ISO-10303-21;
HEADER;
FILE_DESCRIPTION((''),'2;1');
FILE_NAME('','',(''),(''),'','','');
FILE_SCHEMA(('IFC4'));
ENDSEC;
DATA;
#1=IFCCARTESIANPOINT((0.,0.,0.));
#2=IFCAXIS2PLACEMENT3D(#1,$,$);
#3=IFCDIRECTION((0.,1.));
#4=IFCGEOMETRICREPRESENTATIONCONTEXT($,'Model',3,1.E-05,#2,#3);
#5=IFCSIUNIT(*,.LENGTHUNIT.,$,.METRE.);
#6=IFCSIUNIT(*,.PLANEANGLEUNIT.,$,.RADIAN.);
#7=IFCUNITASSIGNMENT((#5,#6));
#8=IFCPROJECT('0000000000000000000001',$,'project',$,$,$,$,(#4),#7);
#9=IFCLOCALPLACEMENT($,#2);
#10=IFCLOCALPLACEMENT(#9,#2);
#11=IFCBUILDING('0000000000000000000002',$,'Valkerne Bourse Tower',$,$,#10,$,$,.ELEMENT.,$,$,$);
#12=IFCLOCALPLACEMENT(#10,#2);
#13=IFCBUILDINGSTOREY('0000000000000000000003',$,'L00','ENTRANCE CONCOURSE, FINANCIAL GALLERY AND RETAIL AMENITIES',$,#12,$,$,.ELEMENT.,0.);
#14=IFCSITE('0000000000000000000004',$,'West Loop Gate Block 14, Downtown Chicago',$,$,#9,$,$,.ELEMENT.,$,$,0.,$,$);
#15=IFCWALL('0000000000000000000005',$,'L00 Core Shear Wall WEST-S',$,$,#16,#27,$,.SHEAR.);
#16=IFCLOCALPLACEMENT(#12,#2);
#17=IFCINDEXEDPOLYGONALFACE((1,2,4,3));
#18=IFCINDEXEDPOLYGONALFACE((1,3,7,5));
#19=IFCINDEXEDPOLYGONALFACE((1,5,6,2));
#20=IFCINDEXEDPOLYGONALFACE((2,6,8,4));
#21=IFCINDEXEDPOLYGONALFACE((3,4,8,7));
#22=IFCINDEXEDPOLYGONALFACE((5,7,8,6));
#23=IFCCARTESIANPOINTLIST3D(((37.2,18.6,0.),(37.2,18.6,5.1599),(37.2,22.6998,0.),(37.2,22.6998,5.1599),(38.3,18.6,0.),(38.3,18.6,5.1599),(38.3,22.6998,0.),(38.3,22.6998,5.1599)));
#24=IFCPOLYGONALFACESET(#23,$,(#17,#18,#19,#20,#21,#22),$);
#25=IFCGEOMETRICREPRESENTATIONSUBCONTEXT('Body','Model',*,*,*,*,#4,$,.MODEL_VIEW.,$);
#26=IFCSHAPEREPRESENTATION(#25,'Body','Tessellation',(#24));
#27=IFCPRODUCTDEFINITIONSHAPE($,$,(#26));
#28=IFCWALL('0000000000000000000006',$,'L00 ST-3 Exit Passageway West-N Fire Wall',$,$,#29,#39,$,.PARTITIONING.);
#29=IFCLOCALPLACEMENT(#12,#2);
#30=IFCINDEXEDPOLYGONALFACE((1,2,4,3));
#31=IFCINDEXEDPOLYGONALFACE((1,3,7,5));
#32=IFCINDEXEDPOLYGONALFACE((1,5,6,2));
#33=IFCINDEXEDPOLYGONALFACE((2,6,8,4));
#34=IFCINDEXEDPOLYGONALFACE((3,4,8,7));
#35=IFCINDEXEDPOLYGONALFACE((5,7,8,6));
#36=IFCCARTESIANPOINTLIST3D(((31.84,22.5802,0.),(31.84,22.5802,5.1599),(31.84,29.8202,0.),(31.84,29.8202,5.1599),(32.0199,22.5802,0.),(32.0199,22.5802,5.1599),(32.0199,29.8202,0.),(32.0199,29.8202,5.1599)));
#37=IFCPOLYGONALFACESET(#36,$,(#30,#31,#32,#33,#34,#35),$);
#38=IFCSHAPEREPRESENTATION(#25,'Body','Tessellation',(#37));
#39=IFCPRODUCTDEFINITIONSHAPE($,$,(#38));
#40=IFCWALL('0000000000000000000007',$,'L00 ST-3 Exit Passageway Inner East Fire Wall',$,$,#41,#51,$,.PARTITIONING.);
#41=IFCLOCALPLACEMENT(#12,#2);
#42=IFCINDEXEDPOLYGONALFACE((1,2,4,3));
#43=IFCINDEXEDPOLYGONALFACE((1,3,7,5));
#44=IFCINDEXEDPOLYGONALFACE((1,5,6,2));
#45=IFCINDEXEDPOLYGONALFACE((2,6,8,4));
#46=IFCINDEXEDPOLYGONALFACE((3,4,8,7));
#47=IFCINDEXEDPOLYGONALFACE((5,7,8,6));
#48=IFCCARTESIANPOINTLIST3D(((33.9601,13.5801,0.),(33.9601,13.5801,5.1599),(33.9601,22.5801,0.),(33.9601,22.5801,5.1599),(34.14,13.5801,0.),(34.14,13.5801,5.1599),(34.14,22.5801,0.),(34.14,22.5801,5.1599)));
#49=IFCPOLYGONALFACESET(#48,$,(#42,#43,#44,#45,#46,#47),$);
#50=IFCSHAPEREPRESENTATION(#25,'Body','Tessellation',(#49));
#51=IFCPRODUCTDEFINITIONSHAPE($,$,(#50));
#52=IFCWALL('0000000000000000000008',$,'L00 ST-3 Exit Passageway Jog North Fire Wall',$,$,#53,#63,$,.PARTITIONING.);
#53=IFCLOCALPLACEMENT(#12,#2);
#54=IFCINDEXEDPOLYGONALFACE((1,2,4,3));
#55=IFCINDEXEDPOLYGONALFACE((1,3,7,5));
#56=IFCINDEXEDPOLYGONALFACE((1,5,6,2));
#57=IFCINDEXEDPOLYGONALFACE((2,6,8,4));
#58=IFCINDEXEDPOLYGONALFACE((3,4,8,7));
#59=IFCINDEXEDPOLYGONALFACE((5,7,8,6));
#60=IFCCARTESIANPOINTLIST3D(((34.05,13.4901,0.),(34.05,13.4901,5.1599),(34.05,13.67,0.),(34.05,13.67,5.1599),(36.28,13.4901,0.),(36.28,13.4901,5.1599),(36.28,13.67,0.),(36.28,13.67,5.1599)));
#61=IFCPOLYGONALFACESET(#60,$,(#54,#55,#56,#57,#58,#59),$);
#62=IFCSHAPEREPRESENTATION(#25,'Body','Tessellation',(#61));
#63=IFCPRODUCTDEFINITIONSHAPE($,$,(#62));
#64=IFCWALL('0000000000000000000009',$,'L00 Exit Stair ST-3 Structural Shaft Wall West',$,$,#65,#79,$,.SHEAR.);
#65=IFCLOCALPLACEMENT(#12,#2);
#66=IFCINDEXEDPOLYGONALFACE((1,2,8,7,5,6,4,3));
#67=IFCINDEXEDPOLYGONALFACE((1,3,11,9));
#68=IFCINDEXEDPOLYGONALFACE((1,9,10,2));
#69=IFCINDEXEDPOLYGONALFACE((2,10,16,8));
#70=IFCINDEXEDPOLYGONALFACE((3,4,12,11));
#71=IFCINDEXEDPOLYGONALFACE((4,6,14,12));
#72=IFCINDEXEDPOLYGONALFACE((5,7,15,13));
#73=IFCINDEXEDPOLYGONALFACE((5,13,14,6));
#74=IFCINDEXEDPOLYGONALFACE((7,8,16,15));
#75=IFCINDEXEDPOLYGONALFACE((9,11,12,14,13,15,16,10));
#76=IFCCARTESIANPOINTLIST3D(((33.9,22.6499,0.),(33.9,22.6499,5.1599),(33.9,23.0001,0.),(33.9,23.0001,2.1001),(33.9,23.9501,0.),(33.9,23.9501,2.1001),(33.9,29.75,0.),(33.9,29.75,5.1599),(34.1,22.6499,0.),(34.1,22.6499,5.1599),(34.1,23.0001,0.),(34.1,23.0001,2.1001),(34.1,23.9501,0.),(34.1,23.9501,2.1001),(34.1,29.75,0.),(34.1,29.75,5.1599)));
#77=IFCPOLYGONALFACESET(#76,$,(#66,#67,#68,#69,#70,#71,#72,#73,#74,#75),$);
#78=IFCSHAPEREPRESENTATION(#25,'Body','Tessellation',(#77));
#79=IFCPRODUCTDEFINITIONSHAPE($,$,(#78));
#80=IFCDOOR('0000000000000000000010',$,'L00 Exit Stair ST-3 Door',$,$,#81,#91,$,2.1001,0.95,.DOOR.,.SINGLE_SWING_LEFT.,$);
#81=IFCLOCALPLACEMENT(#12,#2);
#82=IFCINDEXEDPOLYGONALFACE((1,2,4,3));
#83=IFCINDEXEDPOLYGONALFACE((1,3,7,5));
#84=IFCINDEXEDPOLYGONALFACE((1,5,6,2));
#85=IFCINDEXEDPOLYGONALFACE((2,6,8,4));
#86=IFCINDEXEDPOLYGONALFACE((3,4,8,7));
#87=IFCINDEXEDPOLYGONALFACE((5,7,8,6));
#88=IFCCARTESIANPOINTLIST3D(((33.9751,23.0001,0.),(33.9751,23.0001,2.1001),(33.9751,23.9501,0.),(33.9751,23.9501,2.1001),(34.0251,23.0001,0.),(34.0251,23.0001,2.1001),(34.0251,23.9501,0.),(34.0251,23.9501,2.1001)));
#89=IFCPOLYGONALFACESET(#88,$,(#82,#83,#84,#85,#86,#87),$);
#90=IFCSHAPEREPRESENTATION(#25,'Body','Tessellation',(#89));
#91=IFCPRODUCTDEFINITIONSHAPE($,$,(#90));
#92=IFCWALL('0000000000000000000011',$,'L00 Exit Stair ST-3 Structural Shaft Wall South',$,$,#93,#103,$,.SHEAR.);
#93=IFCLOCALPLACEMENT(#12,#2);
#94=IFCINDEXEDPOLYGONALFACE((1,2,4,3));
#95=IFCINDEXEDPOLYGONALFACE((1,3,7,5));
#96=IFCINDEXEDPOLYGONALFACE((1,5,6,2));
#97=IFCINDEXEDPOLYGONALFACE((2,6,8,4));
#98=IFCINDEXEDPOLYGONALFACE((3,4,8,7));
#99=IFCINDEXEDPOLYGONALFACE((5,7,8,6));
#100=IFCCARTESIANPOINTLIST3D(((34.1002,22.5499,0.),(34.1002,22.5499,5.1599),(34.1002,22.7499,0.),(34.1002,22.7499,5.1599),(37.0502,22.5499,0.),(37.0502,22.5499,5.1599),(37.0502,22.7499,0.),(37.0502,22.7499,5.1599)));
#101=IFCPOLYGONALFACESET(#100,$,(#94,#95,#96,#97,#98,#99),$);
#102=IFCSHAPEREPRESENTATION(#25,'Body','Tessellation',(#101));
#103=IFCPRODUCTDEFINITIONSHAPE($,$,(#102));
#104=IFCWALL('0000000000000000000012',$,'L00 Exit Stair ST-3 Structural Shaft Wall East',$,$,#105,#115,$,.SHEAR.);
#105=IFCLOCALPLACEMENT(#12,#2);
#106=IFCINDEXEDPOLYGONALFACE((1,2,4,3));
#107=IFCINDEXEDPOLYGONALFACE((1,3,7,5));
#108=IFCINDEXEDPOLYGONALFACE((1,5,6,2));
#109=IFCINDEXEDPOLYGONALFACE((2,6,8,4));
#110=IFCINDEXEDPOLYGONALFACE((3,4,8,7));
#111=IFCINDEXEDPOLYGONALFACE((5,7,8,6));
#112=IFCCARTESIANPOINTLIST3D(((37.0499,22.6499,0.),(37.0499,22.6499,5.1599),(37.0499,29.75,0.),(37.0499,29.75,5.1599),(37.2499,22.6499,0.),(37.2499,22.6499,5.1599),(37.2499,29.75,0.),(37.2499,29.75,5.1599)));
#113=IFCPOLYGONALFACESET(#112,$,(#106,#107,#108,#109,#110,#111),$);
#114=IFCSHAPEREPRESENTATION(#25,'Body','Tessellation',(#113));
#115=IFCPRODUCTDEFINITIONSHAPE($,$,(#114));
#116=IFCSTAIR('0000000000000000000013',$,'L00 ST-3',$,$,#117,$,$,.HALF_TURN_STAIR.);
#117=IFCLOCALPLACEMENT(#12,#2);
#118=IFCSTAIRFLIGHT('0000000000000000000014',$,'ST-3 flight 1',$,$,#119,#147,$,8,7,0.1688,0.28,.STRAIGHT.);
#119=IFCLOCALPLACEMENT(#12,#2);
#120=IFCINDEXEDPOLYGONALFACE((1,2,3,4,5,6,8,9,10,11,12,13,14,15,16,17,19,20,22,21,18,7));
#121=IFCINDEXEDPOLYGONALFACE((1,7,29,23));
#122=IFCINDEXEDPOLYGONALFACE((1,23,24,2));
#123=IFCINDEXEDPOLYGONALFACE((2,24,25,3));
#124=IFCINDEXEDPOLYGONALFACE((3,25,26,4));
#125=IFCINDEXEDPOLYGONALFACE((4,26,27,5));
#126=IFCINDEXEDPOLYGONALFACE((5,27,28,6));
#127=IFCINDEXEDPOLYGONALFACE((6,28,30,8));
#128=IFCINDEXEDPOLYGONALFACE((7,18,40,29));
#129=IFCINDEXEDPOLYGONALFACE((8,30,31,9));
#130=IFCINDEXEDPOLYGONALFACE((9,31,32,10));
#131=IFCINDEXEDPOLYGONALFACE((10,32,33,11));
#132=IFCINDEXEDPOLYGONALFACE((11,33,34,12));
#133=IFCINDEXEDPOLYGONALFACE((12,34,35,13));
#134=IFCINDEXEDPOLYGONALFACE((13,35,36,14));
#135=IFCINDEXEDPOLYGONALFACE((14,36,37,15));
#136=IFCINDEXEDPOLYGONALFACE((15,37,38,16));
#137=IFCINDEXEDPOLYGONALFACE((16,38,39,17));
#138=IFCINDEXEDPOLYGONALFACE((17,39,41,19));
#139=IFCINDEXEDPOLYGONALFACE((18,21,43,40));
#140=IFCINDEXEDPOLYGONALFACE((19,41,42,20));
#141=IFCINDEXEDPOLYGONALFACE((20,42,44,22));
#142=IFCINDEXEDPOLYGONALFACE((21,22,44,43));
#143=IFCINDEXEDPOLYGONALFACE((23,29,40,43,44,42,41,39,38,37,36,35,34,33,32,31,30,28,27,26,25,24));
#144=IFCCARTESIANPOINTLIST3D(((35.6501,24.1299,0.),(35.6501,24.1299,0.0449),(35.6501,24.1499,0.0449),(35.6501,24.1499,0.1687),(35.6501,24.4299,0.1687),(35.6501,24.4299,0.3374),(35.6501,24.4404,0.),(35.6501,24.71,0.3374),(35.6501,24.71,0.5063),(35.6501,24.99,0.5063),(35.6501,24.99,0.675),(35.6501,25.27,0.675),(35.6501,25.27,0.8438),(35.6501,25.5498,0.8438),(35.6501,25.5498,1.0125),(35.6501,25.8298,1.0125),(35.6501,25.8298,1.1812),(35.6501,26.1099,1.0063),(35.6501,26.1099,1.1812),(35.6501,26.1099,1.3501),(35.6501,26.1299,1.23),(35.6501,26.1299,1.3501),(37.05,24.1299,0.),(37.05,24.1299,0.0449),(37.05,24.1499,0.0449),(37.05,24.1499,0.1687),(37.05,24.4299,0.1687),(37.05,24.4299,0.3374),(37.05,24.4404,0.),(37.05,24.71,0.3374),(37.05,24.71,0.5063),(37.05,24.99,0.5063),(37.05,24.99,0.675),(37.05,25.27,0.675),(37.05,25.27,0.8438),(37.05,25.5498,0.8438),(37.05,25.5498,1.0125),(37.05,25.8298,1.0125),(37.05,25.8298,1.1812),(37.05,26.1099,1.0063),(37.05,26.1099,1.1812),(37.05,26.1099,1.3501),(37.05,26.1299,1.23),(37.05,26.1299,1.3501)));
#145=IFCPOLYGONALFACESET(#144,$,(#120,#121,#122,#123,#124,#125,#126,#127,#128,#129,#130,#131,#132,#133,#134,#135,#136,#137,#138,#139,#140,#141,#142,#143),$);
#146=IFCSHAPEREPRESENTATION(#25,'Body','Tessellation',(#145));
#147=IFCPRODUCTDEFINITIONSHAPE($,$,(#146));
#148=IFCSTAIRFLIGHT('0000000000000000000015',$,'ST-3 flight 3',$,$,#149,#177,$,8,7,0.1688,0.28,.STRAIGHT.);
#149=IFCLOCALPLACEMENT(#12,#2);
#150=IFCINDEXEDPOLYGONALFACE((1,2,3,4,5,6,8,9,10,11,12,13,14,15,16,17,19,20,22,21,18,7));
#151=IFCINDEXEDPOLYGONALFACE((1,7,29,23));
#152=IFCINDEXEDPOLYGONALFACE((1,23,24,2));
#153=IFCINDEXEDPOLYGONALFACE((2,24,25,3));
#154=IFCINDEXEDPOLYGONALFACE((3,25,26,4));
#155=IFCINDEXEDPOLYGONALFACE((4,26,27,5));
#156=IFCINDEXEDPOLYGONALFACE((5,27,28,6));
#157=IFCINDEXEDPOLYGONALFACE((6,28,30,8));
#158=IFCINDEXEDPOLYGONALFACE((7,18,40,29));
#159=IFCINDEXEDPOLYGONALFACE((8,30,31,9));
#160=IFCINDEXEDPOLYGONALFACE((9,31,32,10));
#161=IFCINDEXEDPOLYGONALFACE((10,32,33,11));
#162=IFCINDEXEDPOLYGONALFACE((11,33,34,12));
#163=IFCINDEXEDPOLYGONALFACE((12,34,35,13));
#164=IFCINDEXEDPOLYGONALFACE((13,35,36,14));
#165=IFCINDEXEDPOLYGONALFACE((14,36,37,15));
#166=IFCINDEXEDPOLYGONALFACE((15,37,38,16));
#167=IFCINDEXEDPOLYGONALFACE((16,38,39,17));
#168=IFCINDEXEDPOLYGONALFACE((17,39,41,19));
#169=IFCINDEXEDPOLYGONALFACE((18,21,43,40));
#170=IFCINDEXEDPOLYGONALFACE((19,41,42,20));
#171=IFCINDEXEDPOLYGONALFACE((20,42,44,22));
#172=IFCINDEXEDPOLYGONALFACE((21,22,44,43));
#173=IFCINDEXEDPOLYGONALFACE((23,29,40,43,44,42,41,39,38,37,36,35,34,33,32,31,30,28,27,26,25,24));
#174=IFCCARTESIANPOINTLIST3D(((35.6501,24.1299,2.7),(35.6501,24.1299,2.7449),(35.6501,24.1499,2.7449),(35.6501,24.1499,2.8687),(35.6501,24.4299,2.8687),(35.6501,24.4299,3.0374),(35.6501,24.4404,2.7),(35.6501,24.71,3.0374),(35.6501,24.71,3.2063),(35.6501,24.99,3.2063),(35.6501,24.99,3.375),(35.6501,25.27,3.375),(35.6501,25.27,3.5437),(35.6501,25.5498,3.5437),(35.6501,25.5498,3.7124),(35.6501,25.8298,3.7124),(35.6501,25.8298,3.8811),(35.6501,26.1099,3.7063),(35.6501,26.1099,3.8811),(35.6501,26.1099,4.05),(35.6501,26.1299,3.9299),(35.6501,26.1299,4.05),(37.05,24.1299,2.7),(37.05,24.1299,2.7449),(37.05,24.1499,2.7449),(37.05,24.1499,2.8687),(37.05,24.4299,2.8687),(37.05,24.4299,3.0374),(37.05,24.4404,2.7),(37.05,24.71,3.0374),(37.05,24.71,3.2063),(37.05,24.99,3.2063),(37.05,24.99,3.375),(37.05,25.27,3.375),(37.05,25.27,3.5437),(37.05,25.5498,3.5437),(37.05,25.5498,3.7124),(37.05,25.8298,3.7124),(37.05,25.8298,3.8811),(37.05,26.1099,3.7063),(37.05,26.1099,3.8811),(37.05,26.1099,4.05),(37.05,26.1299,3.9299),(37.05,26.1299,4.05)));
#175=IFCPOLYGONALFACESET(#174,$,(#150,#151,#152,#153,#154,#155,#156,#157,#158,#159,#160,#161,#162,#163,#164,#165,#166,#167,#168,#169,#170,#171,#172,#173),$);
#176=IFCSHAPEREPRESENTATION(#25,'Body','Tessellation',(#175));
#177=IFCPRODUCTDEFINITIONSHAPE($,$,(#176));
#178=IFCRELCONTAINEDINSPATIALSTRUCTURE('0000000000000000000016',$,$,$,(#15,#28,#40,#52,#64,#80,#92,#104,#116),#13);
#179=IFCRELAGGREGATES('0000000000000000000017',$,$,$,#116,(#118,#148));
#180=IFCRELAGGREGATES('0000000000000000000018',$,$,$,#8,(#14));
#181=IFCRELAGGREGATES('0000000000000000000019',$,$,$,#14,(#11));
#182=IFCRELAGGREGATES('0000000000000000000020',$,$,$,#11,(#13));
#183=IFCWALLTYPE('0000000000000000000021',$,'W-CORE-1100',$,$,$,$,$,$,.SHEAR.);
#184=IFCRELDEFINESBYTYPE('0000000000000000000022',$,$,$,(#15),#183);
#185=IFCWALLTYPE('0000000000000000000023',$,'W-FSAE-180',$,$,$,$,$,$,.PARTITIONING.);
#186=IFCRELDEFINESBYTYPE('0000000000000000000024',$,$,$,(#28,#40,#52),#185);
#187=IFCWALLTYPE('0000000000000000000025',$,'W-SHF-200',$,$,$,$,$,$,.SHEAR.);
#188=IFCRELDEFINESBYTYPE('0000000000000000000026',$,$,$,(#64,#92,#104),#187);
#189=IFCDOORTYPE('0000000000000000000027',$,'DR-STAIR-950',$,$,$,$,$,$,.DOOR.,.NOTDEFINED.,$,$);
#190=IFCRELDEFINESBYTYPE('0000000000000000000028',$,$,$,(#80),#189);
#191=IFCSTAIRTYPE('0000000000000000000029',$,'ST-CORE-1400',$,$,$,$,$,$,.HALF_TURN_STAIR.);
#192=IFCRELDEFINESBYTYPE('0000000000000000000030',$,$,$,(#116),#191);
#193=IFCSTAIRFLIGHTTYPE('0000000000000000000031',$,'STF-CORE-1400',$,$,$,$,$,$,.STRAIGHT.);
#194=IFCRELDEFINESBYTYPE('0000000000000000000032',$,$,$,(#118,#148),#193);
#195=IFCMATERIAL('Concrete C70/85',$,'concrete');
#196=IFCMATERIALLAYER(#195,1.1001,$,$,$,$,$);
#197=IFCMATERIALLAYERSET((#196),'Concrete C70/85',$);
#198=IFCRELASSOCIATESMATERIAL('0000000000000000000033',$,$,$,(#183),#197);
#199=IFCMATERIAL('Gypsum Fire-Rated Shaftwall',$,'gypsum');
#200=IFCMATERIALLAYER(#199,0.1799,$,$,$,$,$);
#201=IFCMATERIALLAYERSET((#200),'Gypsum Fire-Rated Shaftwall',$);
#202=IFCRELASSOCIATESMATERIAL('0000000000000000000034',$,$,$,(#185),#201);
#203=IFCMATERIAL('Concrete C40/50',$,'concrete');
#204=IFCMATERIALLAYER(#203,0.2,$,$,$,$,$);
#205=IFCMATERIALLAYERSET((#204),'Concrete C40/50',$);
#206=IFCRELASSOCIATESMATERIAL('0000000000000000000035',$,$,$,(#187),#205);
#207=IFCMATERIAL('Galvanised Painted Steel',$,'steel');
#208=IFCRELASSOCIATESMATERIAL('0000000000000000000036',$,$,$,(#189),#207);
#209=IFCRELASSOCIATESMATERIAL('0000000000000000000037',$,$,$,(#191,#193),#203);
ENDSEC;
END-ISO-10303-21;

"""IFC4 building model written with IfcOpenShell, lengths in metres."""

from ifc_helpers import new_model, si_unit, direction, frame, frame_2d, origin, place, context, subcontext, project, spatial, polyline, rectangle, outline, extrude, material, layer, layer_set, type_object, element, fill, aggregate, save


model = new_model("IFC4")

# Units and contexts
model_context = context("Model", 3, precision=1e-05, world=origin(), true_north=direction((0.0, 1.0)))
body_context = subcontext(model_context, "Body", "Model", "MODEL_VIEW")
ifc_project = project(units=[si_unit("LENGTHUNIT", "METRE"), si_unit("PLANEANGLEUNIT", "RADIAN")], contexts=[model_context])

# Site, building, storey
site_placement = place(None, origin())
site = spatial("IfcSite", under=ifc_project, at=site_placement, Name="West Loop Gate Block 14, Downtown Chicago", CompositionType="ELEMENT", RefElevation=0.0)
building_placement = place(site_placement, origin())
building = spatial("IfcBuilding", under=site, at=building_placement, Name="Valkerne Bourse Tower", CompositionType="ELEMENT")
storey_placement = place(building_placement, origin())
storey = spatial("IfcBuildingStorey", under=building, at=storey_placement, Name="L00", Description="ENTRANCE CONCOURSE, FINANCIAL GALLERY AND RETAIL AMENITIES", CompositionType="ELEMENT", Elevation=0.0)

# Shared definitions
ifc_material_1 = material(Name="Concrete C70/85", Category="concrete")
ifc_layer_1 = layer(ifc_material_1, 1.1001)
ifc_layer_set_1 = layer_set([ifc_layer_1], Name="Concrete C70/85")
wall_type_1 = type_object("IfcWallType", Name="W-CORE-1100", PredefinedType="SHEAR", material=ifc_layer_set_1)
ifc_material_2 = material(Name="Galvanised Painted Steel", Category="steel")

# Walls
wall_1_placement = place(storey_placement, frame((37.75, 18.6001, 0.0), z_axis=(0.0, 0.0, 1.0), x_axis=(0.0, 1.0, 0.0)))
element("IfcWall", 1, at=wall_1_placement, inside=storey, type_object=wall_type_1, Name="L00 Core Shear Wall WEST-S", PredefinedType="SHEAR", context=body_context, shape_type="SweptSolid", body=[
    extrude(rectangle(XDim=4.0999, YDim=1.1001, at=frame_2d((2.0498, 0.0))), origin(), (0.0, 0.0, 1.0), 5.1599),
])
ifc_material_3 = material(Name="Gypsum Fire-Rated Shaftwall", Category="gypsum")
ifc_layer_2 = layer(ifc_material_3, 0.1799)
ifc_layer_set_2 = layer_set([ifc_layer_2], Name="Gypsum Fire-Rated Shaftwall")
wall_type_2 = type_object("IfcWallType", Name="W-FSAE-180", PredefinedType="PARTITIONING", material=ifc_layer_set_2)
wall_2_placement = place(storey_placement, frame((31.9299, 22.5801, 0.0), z_axis=(0.0, 0.0, 1.0), x_axis=(0.0, 1.0, 0.0)))
element("IfcWall", 2, at=wall_2_placement, inside=storey, type_object=wall_type_2, Name="L00 ST-3 Exit Passageway West-N Fire Wall", PredefinedType="PARTITIONING", context=body_context, shape_type="SweptSolid", body=[
    extrude(rectangle(XDim=7.24, YDim=0.1799, at=frame_2d((3.6201, 0.0))), origin(), (0.0, 0.0, 1.0), 5.1599),
])
wall_3_placement = place(storey_placement, frame((34.05, 13.5801, 0.0), z_axis=(0.0, 0.0, 1.0), x_axis=(0.0, 1.0, 0.0)))
element("IfcWall", 3, at=wall_3_placement, inside=storey, type_object=wall_type_2, Name="L00 ST-3 Exit Passageway Inner East Fire Wall", PredefinedType="PARTITIONING", context=body_context, shape_type="SweptSolid", body=[
    extrude(rectangle(XDim=9.0, YDim=0.1799, at=frame_2d((4.5, 0.0))), origin(), (0.0, 0.0, 1.0), 5.1599),
])
wall_4_placement = place(storey_placement, frame((34.05, 13.5801, 0.0), z_axis=(0.0, 0.0, 1.0), x_axis=(1.0, 0.0, 0.0)))
element("IfcWall", 4, at=wall_4_placement, inside=storey, type_object=wall_type_2, Name="L00 ST-3 Exit Passageway Jog North Fire Wall", PredefinedType="PARTITIONING", context=body_context, shape_type="SweptSolid", body=[
    extrude(rectangle(XDim=2.23, YDim=0.1799, at=frame_2d((1.115, 0.0))), origin(), (0.0, 0.0, 1.0), 5.1599),
])

# Wall, opening, door
ifc_material_4 = material(Name="Concrete C40/50", Category="concrete")
ifc_layer_3 = layer(ifc_material_4, 0.2)
ifc_layer_set_3 = layer_set([ifc_layer_3], Name="Concrete C40/50")
wall_type_3 = type_object("IfcWallType", Name="W-SHF-200", PredefinedType="SHEAR", material=ifc_layer_set_3)
wall_5_placement = place(storey_placement, frame((34.0, 22.6499, 0.0), z_axis=(0.0, 0.0, 1.0), x_axis=(0.0, 1.0, 0.0)))
wall_5 = element("IfcWall", 5, at=wall_5_placement, inside=storey, type_object=wall_type_3, Name="L00 Exit Stair ST-3 Structural Shaft Wall West", PredefinedType="SHEAR", context=body_context, shape_type="SweptSolid", body=[
    extrude(rectangle(XDim=7.1001, YDim=0.2, at=frame_2d((3.55, 0.0))), origin(), (0.0, 0.0, 1.0), 5.1599),
])
opening_1_placement = place(wall_5_placement, frame((0.3501, 0.0, 0.0)))
opening_1 = element("IfcOpeningElement", 6, at=opening_1_placement, cuts=wall_5, PredefinedType="OPENING", context=body_context, shape_type="SweptSolid", body=[
    extrude(rectangle(XDim=0.95, YDim=2.1001, at=frame_2d((0.4751, 1.05))), frame((0.0, 0.1099, 0.0), z_axis=(0.0, -1.0, 0.0), x_axis=(1.0, 0.0, 0.0)), (0.0, 0.0, 1.0), 0.22),
])
door_type_1 = type_object("IfcDoorType", Name="DR-STAIR-950", OperationType="NOTDEFINED", PredefinedType="DOOR", material=ifc_material_2)
door_1_placement = place(opening_1_placement, origin())
door_1 = element("IfcDoor", 7, at=door_1_placement, inside=storey, type_object=door_type_1, Name="L00 Exit Stair ST-3 Door", OperationType="SINGLE_SWING_LEFT", OverallHeight=2.1001, OverallWidth=0.95, PredefinedType="DOOR", context=body_context, shape_type="SweptSolid", body=[
    extrude(rectangle(XDim=0.95, YDim=2.1001, at=frame_2d((0.4751, 1.05))), frame((0.0, 0.0249, 0.0), z_axis=(0.0, -1.0, 0.0), x_axis=(1.0, 0.0, 0.0)), (0.0, 0.0, 1.0), 0.05),
])
fill(opening_1, door_1)

# Walls
wall_6_placement = place(storey_placement, frame((34.1001, 22.6499, 0.0), z_axis=(0.0, 0.0, 1.0), x_axis=(1.0, 0.0, 0.0)))
element("IfcWall", 8, at=wall_6_placement, inside=storey, type_object=wall_type_3, Name="L00 Exit Stair ST-3 Structural Shaft Wall South", PredefinedType="SHEAR", context=body_context, shape_type="SweptSolid", body=[
    extrude(rectangle(XDim=2.95, YDim=0.2, at=frame_2d((1.4751, 0.0))), origin(), (0.0, 0.0, 1.0), 5.1599),
])
wall_7_placement = place(storey_placement, frame((37.1499, 22.6499, 0.0), z_axis=(0.0, 0.0, 1.0), x_axis=(0.0, 1.0, 0.0)))
element("IfcWall", 9, at=wall_7_placement, inside=storey, type_object=wall_type_3, Name="L00 Exit Stair ST-3 Structural Shaft Wall East", PredefinedType="SHEAR", context=body_context, shape_type="SweptSolid", body=[
    extrude(rectangle(XDim=7.1001, YDim=0.2, at=frame_2d((3.55, 0.0))), origin(), (0.0, 0.0, 1.0), 5.1599),
])

# Stair, stair flights
stair_type = type_object("IfcStairType", Name="ST-CORE-1400", PredefinedType="HALF_TURN_STAIR", material=ifc_material_4)
stair_placement = place(storey_placement, origin())
stair = element("IfcStair", 10, at=stair_placement, inside=storey, type_object=stair_type, Name="L00 ST-3", PredefinedType="HALF_TURN_STAIR")
stair_flight_type = type_object("IfcStairFlightType", Name="STF-CORE-1400", PredefinedType="STRAIGHT", material=ifc_material_4)
stair_flight_1_placement = place(storey_placement, frame((36.3501, 24.1499, 0.0), z_axis=(0.0, 0.0, 1.0), x_axis=(0.0, 1.0, 0.0)))
stair_flight_1 = element("IfcStairFlight", 11, at=stair_flight_1_placement, type_object=stair_flight_type, Name="ST-3 flight 1", NumberOfRisers=8, NumberOfTreads=7, PredefinedType="STRAIGHT", RiserHeight=0.1688, TreadLength=0.28, context=body_context, shape_type="SweptSolid", body=[
    extrude(outline(polyline([(-0.02, 0.0), (-0.02, 0.0449), (0.0, 0.0449), (0.0, 0.1687), (0.28, 0.1687), (0.28, 0.3374), (0.5601, 0.3374), (0.5601, 0.5063), (0.8401, 0.5063), (0.8401, 0.675), (1.1201, 0.675), (1.1201, 0.8438), (1.3999, 0.8438), (1.3999, 1.0125), (1.6799, 1.0125), (1.6799, 1.1812), (1.96, 1.1812), (1.96, 1.3501), (1.98, 1.3501), (1.98, 1.23), (1.96, 1.0063), (0.2905, 0.0), (-0.02, 0.0)])), frame((0.0, 0.7, 0.0), z_axis=(0.0, -1.0, 0.0), x_axis=(1.0, 0.0, 0.0)), (0.0, 0.0, 1.0), 1.3999),
])
stair_flight_2_placement = place(storey_placement, frame((36.3501, 24.1499, 2.7), z_axis=(0.0, 0.0, 1.0), x_axis=(0.0, 1.0, 0.0)))
stair_flight_2 = element("IfcStairFlight", 12, at=stair_flight_2_placement, type_object=stair_flight_type, Name="ST-3 flight 3", NumberOfRisers=8, NumberOfTreads=7, PredefinedType="STRAIGHT", RiserHeight=0.1688, TreadLength=0.28, context=body_context, shape_type="SweptSolid", body=[
    extrude(outline(polyline([(-0.02, 0.0), (-0.02, 0.0449), (0.0, 0.0449), (0.0, 0.1687), (0.28, 0.1687), (0.28, 0.3374), (0.5601, 0.3374), (0.5601, 0.5063), (0.8401, 0.5063), (0.8401, 0.675), (1.1201, 0.675), (1.1201, 0.8438), (1.3999, 0.8438), (1.3999, 1.0125), (1.6799, 1.0125), (1.6799, 1.1812), (1.96, 1.1812), (1.96, 1.3501), (1.98, 1.3501), (1.98, 1.23), (1.96, 1.0063), (0.2905, 0.0), (-0.02, 0.0)])), frame((0.0, 0.7, 0.0), z_axis=(0.0, -1.0, 0.0), x_axis=(1.0, 0.0, 0.0)), (0.0, 0.0, 1.0), 1.3999),
])
aggregate(stair, [stair_flight_1, stair_flight_2])

save(model, "model.ifc")
